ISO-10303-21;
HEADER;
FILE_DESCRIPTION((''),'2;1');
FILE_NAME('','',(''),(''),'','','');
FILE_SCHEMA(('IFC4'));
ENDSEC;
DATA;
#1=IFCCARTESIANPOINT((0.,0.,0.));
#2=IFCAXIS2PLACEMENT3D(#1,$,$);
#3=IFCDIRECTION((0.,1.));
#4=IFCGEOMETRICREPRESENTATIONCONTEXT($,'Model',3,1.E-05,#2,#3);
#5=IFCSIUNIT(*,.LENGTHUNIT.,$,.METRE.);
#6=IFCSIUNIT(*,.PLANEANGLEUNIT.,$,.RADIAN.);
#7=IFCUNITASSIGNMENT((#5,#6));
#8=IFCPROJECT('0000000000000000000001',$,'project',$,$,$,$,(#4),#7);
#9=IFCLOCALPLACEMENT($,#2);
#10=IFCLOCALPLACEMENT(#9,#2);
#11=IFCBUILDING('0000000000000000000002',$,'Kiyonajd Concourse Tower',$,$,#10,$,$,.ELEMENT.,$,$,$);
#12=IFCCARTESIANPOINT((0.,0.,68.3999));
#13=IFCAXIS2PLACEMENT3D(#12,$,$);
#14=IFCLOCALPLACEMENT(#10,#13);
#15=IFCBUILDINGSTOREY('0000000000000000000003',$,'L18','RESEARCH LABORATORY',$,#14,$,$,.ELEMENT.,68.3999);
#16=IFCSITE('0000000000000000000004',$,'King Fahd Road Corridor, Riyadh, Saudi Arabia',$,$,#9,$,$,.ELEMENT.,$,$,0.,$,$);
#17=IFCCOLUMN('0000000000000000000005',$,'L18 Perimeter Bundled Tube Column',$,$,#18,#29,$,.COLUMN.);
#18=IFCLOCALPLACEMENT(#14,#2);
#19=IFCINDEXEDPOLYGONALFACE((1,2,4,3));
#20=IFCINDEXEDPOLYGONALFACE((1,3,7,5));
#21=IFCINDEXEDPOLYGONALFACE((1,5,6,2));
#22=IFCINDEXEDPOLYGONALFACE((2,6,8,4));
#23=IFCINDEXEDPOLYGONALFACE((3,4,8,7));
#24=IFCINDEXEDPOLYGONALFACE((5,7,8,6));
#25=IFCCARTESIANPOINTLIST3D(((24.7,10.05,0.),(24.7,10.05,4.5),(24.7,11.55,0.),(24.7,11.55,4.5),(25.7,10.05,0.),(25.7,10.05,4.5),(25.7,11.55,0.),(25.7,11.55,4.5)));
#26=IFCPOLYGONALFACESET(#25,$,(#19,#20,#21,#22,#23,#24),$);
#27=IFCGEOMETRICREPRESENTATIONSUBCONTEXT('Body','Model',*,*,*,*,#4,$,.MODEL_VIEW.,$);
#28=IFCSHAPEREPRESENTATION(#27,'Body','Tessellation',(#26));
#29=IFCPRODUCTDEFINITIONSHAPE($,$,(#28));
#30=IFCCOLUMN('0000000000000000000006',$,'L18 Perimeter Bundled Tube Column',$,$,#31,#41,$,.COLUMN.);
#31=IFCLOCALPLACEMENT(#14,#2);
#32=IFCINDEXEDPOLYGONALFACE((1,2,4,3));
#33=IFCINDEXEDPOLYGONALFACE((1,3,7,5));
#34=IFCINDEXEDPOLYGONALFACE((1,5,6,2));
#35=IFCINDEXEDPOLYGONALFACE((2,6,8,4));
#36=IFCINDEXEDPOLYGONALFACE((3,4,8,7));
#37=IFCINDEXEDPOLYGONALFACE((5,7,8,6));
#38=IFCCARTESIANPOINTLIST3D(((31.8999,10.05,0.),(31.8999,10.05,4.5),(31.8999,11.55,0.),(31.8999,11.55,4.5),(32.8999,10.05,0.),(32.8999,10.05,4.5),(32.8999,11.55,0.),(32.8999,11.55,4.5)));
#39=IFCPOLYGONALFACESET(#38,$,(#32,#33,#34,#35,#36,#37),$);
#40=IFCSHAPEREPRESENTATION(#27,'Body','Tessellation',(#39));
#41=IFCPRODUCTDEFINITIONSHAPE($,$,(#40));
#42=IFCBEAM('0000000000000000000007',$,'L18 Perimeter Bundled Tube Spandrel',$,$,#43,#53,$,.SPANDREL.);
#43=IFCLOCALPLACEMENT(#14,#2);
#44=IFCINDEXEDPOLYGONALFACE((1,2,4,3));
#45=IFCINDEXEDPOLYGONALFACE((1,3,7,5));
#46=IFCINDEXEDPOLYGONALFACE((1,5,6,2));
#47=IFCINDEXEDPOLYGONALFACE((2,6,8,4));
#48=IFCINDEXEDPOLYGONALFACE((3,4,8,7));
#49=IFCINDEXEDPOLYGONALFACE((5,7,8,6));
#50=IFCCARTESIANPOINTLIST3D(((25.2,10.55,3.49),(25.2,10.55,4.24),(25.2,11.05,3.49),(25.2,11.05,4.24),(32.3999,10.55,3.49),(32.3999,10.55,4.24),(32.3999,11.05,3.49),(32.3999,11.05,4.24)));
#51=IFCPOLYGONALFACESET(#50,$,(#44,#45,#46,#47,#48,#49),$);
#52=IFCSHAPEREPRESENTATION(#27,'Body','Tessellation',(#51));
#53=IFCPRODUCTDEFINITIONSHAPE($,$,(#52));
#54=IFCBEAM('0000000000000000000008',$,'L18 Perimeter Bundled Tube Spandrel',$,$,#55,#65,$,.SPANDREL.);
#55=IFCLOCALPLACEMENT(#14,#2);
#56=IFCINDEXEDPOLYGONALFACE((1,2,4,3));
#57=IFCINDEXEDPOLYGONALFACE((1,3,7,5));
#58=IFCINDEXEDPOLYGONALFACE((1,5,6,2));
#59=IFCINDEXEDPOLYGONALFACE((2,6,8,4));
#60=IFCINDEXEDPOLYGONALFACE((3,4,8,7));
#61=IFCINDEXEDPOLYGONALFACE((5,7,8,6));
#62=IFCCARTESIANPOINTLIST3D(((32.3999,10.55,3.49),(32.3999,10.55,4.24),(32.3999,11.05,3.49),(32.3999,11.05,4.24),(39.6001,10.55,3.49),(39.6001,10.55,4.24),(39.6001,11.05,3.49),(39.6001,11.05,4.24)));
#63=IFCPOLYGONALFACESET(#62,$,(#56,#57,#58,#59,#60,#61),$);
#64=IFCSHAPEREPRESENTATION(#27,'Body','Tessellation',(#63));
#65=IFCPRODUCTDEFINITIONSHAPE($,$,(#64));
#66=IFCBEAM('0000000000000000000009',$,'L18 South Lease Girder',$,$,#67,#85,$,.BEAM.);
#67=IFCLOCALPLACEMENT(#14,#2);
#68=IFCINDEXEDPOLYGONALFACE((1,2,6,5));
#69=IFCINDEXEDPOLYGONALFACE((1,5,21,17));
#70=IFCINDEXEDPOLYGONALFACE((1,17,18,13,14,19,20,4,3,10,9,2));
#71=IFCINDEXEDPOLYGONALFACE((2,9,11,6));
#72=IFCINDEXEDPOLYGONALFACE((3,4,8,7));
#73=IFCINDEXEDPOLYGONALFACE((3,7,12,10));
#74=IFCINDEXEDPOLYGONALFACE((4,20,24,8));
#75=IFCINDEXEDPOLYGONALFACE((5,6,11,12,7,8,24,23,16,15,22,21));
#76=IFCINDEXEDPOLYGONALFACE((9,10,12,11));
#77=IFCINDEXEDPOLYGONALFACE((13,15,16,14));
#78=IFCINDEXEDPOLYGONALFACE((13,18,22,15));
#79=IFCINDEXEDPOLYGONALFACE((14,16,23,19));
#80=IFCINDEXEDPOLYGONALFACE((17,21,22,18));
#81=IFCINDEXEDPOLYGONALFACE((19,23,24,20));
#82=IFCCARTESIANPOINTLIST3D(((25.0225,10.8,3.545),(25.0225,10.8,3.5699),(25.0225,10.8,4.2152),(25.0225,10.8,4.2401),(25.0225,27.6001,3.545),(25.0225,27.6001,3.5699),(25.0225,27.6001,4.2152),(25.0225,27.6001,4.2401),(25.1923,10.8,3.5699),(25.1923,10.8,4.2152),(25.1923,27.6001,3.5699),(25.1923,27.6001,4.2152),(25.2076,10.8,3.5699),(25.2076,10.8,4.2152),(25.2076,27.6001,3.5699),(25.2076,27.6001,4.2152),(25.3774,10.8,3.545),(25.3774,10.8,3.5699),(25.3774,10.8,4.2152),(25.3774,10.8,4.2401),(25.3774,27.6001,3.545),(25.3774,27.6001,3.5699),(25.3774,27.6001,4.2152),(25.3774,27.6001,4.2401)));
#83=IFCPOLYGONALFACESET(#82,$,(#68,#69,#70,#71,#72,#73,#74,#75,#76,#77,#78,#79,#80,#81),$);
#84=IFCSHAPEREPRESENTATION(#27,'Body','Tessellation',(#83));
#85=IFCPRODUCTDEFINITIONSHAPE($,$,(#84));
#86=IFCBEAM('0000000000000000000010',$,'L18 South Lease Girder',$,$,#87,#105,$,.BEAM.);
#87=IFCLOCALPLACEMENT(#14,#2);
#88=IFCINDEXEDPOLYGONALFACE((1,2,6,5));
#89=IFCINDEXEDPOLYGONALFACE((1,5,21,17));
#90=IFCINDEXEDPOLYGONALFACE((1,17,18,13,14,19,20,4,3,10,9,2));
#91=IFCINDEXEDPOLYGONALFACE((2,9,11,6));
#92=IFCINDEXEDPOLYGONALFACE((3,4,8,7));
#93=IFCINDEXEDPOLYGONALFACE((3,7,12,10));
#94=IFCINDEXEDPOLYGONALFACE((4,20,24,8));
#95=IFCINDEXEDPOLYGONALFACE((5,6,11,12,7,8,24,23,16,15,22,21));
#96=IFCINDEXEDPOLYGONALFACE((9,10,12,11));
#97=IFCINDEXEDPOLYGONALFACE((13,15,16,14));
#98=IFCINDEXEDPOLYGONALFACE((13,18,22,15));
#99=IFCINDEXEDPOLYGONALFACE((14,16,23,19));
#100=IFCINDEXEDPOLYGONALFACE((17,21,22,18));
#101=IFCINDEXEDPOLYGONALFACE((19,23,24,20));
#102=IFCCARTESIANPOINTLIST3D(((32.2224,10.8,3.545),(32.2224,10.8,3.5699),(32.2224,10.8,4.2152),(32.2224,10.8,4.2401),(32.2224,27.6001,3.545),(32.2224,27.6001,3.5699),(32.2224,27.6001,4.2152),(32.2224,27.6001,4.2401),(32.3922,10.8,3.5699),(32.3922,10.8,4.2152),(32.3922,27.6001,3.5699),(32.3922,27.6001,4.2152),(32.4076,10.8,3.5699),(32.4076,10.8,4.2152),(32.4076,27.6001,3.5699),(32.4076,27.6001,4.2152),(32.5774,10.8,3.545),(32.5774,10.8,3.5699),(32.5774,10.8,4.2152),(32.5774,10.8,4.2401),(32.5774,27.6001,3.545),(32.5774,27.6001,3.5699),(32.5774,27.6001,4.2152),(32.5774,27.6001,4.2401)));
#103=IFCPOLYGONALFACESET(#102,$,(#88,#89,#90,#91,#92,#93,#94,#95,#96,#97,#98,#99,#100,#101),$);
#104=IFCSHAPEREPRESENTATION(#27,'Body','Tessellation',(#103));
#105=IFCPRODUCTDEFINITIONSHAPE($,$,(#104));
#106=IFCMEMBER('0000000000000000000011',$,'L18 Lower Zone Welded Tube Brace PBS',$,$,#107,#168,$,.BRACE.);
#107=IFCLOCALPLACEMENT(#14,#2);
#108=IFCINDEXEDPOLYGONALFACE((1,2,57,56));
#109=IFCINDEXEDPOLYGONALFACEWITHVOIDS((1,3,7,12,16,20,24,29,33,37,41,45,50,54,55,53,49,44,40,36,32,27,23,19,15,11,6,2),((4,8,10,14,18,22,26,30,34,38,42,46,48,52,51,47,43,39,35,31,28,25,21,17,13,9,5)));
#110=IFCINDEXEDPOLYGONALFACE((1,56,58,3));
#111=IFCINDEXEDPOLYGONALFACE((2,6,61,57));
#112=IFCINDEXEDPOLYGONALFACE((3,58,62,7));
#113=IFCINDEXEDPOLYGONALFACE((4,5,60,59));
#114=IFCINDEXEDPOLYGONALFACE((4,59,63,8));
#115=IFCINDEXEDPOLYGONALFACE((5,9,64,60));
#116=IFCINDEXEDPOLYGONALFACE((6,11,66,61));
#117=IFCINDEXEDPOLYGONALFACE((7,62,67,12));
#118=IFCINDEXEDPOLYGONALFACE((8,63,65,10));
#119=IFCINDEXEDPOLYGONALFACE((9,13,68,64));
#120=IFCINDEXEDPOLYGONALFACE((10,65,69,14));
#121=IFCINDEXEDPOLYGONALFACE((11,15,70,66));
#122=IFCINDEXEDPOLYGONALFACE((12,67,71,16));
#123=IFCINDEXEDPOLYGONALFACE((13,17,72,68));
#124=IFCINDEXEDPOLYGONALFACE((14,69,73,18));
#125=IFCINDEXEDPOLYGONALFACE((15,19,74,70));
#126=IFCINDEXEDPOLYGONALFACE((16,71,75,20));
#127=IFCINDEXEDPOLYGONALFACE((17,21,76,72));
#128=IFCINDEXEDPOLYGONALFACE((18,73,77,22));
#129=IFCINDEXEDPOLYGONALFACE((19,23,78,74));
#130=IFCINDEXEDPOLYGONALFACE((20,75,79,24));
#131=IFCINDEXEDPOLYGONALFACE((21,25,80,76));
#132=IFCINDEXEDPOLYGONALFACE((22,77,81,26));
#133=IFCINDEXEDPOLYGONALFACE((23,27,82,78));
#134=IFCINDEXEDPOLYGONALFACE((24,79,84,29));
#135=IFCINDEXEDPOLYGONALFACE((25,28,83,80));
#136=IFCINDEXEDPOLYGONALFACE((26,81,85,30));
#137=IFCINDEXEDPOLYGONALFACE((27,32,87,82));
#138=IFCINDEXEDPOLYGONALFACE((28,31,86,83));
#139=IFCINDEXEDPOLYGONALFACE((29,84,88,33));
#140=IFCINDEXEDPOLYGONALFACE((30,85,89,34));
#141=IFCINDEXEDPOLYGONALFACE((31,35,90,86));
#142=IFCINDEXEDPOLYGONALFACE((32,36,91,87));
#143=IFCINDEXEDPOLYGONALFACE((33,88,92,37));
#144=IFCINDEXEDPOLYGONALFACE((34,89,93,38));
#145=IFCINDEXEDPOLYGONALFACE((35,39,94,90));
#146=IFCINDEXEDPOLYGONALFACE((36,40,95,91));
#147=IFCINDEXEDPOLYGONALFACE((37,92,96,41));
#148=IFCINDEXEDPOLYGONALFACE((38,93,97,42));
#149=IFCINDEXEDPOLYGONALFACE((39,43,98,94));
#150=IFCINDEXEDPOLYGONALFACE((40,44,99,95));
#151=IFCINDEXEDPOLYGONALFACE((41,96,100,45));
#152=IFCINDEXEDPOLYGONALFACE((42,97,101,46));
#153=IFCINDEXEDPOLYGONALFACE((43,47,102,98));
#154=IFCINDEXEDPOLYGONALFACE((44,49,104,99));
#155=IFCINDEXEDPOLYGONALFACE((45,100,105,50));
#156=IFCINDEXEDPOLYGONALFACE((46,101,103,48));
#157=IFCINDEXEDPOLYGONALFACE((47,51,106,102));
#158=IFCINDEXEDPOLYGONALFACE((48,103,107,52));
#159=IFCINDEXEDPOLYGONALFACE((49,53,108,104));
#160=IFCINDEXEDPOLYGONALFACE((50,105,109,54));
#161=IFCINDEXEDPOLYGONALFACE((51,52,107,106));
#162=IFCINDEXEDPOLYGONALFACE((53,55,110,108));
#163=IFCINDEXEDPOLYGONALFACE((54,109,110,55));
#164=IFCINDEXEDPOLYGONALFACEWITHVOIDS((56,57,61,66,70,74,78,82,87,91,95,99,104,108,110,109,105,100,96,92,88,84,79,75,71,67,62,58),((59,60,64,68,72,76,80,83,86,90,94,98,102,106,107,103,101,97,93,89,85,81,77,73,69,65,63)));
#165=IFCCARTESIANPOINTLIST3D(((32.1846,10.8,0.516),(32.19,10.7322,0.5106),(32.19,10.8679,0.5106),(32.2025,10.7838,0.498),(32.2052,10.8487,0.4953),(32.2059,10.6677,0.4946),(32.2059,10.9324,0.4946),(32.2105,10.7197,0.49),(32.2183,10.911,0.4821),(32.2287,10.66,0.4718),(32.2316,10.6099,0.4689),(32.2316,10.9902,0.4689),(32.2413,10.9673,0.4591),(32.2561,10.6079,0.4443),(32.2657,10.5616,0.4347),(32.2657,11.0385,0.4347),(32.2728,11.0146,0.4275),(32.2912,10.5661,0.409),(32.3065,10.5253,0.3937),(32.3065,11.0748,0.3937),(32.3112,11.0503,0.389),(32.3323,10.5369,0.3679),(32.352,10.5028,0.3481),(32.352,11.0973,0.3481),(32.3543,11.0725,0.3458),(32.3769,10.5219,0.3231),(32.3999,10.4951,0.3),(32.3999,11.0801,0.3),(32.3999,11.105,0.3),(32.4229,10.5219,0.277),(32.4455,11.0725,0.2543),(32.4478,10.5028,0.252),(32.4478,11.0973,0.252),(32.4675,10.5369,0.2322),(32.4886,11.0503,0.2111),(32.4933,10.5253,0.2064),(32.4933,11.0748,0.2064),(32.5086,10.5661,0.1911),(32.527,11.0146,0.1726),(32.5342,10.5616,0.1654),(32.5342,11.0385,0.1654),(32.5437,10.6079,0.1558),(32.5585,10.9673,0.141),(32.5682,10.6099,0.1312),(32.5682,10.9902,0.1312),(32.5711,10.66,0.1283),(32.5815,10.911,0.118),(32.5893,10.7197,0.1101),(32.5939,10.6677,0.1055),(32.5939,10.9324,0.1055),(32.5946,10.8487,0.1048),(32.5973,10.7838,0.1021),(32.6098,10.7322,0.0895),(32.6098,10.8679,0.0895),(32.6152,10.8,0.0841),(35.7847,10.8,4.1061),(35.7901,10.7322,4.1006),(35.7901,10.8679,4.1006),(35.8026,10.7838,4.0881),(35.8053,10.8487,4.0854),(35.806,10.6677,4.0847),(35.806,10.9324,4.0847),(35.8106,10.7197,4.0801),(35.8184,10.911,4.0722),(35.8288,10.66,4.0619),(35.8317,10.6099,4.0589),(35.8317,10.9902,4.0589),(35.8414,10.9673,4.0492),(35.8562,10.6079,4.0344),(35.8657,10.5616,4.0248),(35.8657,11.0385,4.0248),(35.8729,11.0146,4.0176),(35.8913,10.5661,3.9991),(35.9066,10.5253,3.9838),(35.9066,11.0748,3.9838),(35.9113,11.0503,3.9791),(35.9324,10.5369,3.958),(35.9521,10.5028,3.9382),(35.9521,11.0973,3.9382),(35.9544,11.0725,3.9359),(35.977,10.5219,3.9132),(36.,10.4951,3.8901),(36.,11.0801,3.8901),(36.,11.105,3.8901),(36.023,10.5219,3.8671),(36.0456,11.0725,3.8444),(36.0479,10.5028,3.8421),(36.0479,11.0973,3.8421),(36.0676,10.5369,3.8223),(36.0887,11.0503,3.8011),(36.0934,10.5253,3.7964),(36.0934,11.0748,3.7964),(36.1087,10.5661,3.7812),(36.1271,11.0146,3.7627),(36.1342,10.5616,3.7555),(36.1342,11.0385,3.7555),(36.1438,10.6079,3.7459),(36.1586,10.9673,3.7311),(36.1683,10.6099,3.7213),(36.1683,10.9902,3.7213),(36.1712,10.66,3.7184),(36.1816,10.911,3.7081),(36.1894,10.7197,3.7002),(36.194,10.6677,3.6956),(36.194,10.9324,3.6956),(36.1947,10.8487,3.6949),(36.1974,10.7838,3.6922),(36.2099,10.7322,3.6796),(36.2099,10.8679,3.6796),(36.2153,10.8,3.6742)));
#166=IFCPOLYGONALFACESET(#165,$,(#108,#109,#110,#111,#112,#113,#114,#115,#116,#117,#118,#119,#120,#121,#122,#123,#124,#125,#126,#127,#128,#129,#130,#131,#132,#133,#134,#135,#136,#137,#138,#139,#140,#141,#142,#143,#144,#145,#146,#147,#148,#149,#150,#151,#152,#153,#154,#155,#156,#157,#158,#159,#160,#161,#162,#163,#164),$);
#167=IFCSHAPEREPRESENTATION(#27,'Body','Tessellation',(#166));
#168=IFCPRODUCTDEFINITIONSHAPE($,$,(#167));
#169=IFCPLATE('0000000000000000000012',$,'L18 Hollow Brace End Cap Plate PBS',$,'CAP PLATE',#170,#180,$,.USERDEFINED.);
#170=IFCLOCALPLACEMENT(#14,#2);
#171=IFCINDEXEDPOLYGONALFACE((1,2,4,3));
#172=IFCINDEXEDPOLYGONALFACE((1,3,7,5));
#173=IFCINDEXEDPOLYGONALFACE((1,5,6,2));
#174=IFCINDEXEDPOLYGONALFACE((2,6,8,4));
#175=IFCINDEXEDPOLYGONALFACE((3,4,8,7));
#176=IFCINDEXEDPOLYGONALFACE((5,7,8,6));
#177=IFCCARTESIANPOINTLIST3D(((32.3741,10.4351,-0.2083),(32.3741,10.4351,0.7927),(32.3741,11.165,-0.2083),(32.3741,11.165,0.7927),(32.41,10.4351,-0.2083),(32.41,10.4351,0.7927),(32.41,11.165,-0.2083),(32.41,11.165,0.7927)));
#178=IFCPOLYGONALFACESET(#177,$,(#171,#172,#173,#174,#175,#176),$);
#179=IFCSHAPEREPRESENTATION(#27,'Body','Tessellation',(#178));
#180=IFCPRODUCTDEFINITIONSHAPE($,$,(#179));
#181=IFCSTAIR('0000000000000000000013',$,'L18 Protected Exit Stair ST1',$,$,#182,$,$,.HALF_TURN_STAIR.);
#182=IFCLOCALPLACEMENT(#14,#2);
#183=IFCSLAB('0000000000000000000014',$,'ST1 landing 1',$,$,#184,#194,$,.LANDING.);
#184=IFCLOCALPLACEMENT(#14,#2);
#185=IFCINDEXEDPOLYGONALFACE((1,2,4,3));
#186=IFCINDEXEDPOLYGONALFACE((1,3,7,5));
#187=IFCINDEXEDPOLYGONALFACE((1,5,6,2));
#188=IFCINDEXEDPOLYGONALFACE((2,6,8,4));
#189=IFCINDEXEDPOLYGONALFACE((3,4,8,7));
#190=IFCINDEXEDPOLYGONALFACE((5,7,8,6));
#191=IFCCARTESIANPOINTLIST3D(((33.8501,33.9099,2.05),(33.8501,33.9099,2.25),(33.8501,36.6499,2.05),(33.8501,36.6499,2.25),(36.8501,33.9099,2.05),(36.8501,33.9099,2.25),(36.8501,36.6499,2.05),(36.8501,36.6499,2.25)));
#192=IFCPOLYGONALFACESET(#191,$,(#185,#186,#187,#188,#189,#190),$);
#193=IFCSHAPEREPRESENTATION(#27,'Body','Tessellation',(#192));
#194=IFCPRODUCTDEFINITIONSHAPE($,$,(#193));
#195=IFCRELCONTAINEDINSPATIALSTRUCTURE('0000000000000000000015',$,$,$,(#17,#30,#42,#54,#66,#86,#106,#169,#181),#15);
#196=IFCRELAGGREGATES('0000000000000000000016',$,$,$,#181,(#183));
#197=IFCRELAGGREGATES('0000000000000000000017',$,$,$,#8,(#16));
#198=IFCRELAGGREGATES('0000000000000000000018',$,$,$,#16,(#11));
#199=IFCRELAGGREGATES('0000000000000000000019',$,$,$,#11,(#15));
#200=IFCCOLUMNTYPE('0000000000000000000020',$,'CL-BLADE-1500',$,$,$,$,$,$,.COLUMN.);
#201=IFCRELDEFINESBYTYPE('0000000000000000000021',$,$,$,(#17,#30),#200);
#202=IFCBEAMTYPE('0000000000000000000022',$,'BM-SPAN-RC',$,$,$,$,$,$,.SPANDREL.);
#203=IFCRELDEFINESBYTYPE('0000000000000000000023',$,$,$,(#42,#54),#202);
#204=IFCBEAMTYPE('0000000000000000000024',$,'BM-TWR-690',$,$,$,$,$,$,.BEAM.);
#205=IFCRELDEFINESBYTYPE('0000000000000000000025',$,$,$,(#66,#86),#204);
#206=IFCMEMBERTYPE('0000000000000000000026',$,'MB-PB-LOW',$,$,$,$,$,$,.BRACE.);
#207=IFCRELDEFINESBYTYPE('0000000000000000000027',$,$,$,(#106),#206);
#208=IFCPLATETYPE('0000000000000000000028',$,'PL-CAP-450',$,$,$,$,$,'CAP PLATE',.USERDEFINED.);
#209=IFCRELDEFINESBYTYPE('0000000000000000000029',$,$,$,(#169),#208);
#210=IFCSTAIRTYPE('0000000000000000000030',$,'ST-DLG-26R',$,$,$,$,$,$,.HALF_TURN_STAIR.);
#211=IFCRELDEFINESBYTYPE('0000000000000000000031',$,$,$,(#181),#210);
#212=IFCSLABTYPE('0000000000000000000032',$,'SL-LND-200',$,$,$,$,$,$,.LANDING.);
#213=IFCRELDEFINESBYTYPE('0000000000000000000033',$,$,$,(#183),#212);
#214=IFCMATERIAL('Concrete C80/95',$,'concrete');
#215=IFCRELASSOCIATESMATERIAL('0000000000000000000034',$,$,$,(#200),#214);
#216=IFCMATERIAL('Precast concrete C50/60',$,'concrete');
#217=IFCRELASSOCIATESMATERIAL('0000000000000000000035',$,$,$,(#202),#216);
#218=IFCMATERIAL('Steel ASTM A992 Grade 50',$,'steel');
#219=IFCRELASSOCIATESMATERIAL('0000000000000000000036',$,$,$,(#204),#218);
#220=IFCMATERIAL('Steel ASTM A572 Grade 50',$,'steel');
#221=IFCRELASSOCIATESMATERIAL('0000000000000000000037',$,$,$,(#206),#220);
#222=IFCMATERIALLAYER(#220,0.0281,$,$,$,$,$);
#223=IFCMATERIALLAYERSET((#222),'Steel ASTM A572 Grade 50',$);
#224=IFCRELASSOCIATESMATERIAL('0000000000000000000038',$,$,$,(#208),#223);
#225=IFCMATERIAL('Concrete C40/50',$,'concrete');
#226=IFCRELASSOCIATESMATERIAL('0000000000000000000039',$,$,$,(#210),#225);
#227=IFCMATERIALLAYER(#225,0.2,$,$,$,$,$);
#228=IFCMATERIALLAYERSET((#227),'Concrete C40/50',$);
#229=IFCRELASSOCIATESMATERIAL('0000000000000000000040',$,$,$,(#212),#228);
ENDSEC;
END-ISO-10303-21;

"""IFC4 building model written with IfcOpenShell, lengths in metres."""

from ifc_helpers import new_model, si_unit, direction, frame, origin, origin_2d, place, context, subcontext, project, spatial, polyline, rectangle, hollow_circle, i_section, outline, extrude, material, layer, layer_set, material_profile, profile_set, type_object, element, aggregate, save


model = new_model("IFC4")

# Units and contexts
model_context = context("Model", 3, precision=1e-05, world=origin(), true_north=direction((0.0, 1.0)))
body_context = subcontext(model_context, "Body", "Model", "MODEL_VIEW")
ifc_project = project(units=[si_unit("LENGTHUNIT", "METRE"), si_unit("PLANEANGLEUNIT", "RADIAN")], contexts=[model_context])

# Site, building, storey
site_placement = place(None, origin())
site = spatial("IfcSite", under=ifc_project, at=site_placement, Name="King Fahd Road Corridor, Riyadh, Saudi Arabia", CompositionType="ELEMENT", RefElevation=0.0)
building_placement = place(site_placement, origin())
building = spatial("IfcBuilding", under=site, at=building_placement, Name="Kiyonajd Concourse Tower", CompositionType="ELEMENT")
storey_placement = place(building_placement, frame((0.0, 0.0, 68.3999)))
storey = spatial("IfcBuildingStorey", under=building, at=storey_placement, Name="L18", Description="RESEARCH LABORATORY", CompositionType="ELEMENT", Elevation=68.3999)

# Columns
ifc_material_1 = material(Name="Concrete C80/95", Category="concrete")
ifc_material_profile_1 = material_profile(ifc_material_1, rectangle(XDim=1.0, YDim=1.5, at=origin_2d()), Name="RC-1500x1000")
ifc_profile_set_1 = profile_set([ifc_material_profile_1], Name="Concrete C80/95")
column_type = type_object("IfcColumnType", Name="CL-BLADE-1500", PredefinedType="COLUMN", material=ifc_profile_set_1)
for number, where, z_axis, x_axis, name in (
    (1, (25.2, 10.8, 0.0), (0.0, 0.0, 1.0), (1.0, 0.0, 0.0), "L18 Perimeter Bundled Tube Column"),
    (2, (32.3999, 10.8, 0.0), (0.0, 0.0, 1.0), (1.0, 0.0, 0.0), "L18 Perimeter Bundled Tube Column"),
):
    element("IfcColumn", number, at=place(storey_placement, frame(where, z_axis=z_axis, x_axis=x_axis)), inside=storey, type_object=column_type, Name=name, PredefinedType="COLUMN", context=body_context, shape_type="SweptSolid", body=[
        extrude(rectangle(XDim=1.0, YDim=1.5, at=origin_2d()), origin(), (0.0, 0.0, 1.0), 4.5),
    ])

# Beams
ifc_material_2 = material(Name="Precast concrete C50/60", Category="concrete")
ifc_material_profile_2 = material_profile(ifc_material_2, rectangle(XDim=0.5, YDim=0.75, at=origin_2d()), Name="RCBM-500x750")
ifc_profile_set_2 = profile_set([ifc_material_profile_2], Name="Precast concrete C50/60")
beam_type_1 = type_object("IfcBeamType", Name="BM-SPAN-RC", PredefinedType="SPANDREL", material=ifc_profile_set_2)
beam_1_placement = place(storey_placement, frame((25.2, 10.8, 3.865), z_axis=(1.0, 0.0, 0.0), x_axis=(0.0, 1.0, 0.0)))
element("IfcBeam", 3, at=beam_1_placement, inside=storey, type_object=beam_type_1, Name="L18 Perimeter Bundled Tube Spandrel", PredefinedType="SPANDREL", context=body_context, shape_type="SweptSolid", body=[
    extrude(rectangle(XDim=0.5, YDim=0.75, at=origin_2d()), origin(), (0.0, 0.0, 1.0), 7.2),
])
beam_2_placement = place(storey_placement, frame((32.3999, 10.8, 3.865), z_axis=(1.0, 0.0, 0.0), x_axis=(0.0, 1.0, 0.0)))
element("IfcBeam", 4, at=beam_2_placement, inside=storey, type_object=beam_type_1, Name="L18 Perimeter Bundled Tube Spandrel", PredefinedType="SPANDREL", context=body_context, shape_type="SweptSolid", body=[
    extrude(rectangle(XDim=0.5, YDim=0.75, at=origin_2d()), origin(), (0.0, 0.0, 1.0), 7.2002),
])
ifc_material_3 = material(Name="Steel ASTM A992 Grade 50", Category="steel")
ifc_material_profile_3 = material_profile(ifc_material_3, i_section(OverallWidth=0.355, OverallDepth=0.6951, WebThickness=0.0154, FlangeThickness=0.0249, at=origin_2d()), Name="W690X217")
ifc_profile_set_3 = profile_set([ifc_material_profile_3], Name="Steel ASTM A992 Grade 50")
beam_type_2 = type_object("IfcBeamType", Name="BM-TWR-690", PredefinedType="BEAM", material=ifc_profile_set_3)
for number, where, z_axis, x_axis, name in (
    (5, (25.2, 10.8, 3.8926), (0.0, 1.0, 0.0), (-1.0, 0.0, 0.0), "L18 South Lease Girder"),
    (6, (32.3999, 10.8, 3.8926), (0.0, 1.0, 0.0), (-1.0, 0.0, 0.0), "L18 South Lease Girder"),
):
    element("IfcBeam", number, at=place(storey_placement, frame(where, z_axis=z_axis, x_axis=x_axis)), inside=storey, type_object=beam_type_2, Name=name, PredefinedType="BEAM", context=body_context, shape_type="SweptSolid", body=[
        extrude(i_section(OverallWidth=0.355, OverallDepth=0.6951, WebThickness=0.0154, FlangeThickness=0.0249, at=origin_2d()), origin(), (0.0, 0.0, 1.0), 16.8),
    ])

# Member
ifc_material_4 = material(Name="Steel ASTM A572 Grade 50", Category="steel")
ifc_material_profile_4 = material_profile(ifc_material_4, hollow_circle(Radius=0.3049, WallThickness=0.0249, at=origin_2d()), Name="CHS-610x25")
ifc_profile_set_4 = profile_set([ifc_material_profile_4], Name="Steel ASTM A572 Grade 50")
member_type = type_object("IfcMemberType", Name="MB-PB-LOW", PredefinedType="BRACE", material=ifc_profile_set_4)
member_placement = place(storey_placement, frame((32.3999, 10.8, 0.3), z_axis=(0.70809, 0.0, 0.706122), x_axis=(0.0, 1.0, 0.0)))
element("IfcMember", 7, at=member_placement, inside=storey, type_object=member_type, Name="L18 Lower Zone Welded Tube Brace PBS", PredefinedType="BRACE", context=body_context, shape_type="SweptSolid", body=[
    extrude(hollow_circle(Radius=0.3049, WallThickness=0.0249, at=origin_2d()), origin(), (0.0, 0.0, 1.0), 5.0842),
])

# Plate
ifc_layer_1 = layer(ifc_material_4, 0.0281)
ifc_layer_set_1 = layer_set([ifc_layer_1], Name="Steel ASTM A572 Grade 50")
plate_type = type_object("IfcPlateType", Name="PL-CAP-450", ElementType="CAP PLATE", PredefinedType="USERDEFINED", material=ifc_layer_set_1)
plate_placement = place(storey_placement, frame((32.3921, 10.8, -0.2083), z_axis=(0.0, 0.0, 1.0), x_axis=(-1.0, 0.0, 0.0)))
element("IfcPlate", 8, at=plate_placement, inside=storey, type_object=plate_type, Name="L18 Hollow Brace End Cap Plate PBS", ObjectType="CAP PLATE", PredefinedType="USERDEFINED", context=body_context, shape_type="SweptSolid", body=[
    extrude(rectangle(XDim=0.0359, YDim=0.73, at=origin_2d()), origin(), (0.0, 0.0, 1.0), 1.001),
])

# Stair, slab
ifc_material_5 = material(Name="Concrete C40/50", Category="concrete")
stair_type = type_object("IfcStairType", Name="ST-DLG-26R", PredefinedType="HALF_TURN_STAIR", material=ifc_material_5)
stair_1_placement = place(storey_placement, origin())
stair_1 = element("IfcStair", 9, at=stair_1_placement, inside=storey, type_object=stair_type, Name="L18 Protected Exit Stair ST1", PredefinedType="HALF_TURN_STAIR")
ifc_layer_2 = layer(ifc_material_5, 0.2)
ifc_layer_set_2 = layer_set([ifc_layer_2], Name="Concrete C40/50")
slab_type_1 = type_object("IfcSlabType", Name="SL-LND-200", PredefinedType="LANDING", material=ifc_layer_set_2)
slab_1_placement = place(storey_placement, frame((0.0, 0.0, 2.05)))
slab_1 = element("IfcSlab", 10, at=slab_1_placement, type_object=slab_type_1, Name="ST1 landing 1", PredefinedType="LANDING", context=body_context, shape_type="SweptSolid", body=[
    extrude(outline(polyline([(36.8501, 33.9099), (36.8501, 36.6499), (33.8501, 36.6499), (33.8501, 33.9099), (36.8501, 33.9099)])), origin(), (0.0, 0.0, 1.0), 0.2),
])
aggregate(stair_1, [slab_1])

save(model, "model.ifc")
